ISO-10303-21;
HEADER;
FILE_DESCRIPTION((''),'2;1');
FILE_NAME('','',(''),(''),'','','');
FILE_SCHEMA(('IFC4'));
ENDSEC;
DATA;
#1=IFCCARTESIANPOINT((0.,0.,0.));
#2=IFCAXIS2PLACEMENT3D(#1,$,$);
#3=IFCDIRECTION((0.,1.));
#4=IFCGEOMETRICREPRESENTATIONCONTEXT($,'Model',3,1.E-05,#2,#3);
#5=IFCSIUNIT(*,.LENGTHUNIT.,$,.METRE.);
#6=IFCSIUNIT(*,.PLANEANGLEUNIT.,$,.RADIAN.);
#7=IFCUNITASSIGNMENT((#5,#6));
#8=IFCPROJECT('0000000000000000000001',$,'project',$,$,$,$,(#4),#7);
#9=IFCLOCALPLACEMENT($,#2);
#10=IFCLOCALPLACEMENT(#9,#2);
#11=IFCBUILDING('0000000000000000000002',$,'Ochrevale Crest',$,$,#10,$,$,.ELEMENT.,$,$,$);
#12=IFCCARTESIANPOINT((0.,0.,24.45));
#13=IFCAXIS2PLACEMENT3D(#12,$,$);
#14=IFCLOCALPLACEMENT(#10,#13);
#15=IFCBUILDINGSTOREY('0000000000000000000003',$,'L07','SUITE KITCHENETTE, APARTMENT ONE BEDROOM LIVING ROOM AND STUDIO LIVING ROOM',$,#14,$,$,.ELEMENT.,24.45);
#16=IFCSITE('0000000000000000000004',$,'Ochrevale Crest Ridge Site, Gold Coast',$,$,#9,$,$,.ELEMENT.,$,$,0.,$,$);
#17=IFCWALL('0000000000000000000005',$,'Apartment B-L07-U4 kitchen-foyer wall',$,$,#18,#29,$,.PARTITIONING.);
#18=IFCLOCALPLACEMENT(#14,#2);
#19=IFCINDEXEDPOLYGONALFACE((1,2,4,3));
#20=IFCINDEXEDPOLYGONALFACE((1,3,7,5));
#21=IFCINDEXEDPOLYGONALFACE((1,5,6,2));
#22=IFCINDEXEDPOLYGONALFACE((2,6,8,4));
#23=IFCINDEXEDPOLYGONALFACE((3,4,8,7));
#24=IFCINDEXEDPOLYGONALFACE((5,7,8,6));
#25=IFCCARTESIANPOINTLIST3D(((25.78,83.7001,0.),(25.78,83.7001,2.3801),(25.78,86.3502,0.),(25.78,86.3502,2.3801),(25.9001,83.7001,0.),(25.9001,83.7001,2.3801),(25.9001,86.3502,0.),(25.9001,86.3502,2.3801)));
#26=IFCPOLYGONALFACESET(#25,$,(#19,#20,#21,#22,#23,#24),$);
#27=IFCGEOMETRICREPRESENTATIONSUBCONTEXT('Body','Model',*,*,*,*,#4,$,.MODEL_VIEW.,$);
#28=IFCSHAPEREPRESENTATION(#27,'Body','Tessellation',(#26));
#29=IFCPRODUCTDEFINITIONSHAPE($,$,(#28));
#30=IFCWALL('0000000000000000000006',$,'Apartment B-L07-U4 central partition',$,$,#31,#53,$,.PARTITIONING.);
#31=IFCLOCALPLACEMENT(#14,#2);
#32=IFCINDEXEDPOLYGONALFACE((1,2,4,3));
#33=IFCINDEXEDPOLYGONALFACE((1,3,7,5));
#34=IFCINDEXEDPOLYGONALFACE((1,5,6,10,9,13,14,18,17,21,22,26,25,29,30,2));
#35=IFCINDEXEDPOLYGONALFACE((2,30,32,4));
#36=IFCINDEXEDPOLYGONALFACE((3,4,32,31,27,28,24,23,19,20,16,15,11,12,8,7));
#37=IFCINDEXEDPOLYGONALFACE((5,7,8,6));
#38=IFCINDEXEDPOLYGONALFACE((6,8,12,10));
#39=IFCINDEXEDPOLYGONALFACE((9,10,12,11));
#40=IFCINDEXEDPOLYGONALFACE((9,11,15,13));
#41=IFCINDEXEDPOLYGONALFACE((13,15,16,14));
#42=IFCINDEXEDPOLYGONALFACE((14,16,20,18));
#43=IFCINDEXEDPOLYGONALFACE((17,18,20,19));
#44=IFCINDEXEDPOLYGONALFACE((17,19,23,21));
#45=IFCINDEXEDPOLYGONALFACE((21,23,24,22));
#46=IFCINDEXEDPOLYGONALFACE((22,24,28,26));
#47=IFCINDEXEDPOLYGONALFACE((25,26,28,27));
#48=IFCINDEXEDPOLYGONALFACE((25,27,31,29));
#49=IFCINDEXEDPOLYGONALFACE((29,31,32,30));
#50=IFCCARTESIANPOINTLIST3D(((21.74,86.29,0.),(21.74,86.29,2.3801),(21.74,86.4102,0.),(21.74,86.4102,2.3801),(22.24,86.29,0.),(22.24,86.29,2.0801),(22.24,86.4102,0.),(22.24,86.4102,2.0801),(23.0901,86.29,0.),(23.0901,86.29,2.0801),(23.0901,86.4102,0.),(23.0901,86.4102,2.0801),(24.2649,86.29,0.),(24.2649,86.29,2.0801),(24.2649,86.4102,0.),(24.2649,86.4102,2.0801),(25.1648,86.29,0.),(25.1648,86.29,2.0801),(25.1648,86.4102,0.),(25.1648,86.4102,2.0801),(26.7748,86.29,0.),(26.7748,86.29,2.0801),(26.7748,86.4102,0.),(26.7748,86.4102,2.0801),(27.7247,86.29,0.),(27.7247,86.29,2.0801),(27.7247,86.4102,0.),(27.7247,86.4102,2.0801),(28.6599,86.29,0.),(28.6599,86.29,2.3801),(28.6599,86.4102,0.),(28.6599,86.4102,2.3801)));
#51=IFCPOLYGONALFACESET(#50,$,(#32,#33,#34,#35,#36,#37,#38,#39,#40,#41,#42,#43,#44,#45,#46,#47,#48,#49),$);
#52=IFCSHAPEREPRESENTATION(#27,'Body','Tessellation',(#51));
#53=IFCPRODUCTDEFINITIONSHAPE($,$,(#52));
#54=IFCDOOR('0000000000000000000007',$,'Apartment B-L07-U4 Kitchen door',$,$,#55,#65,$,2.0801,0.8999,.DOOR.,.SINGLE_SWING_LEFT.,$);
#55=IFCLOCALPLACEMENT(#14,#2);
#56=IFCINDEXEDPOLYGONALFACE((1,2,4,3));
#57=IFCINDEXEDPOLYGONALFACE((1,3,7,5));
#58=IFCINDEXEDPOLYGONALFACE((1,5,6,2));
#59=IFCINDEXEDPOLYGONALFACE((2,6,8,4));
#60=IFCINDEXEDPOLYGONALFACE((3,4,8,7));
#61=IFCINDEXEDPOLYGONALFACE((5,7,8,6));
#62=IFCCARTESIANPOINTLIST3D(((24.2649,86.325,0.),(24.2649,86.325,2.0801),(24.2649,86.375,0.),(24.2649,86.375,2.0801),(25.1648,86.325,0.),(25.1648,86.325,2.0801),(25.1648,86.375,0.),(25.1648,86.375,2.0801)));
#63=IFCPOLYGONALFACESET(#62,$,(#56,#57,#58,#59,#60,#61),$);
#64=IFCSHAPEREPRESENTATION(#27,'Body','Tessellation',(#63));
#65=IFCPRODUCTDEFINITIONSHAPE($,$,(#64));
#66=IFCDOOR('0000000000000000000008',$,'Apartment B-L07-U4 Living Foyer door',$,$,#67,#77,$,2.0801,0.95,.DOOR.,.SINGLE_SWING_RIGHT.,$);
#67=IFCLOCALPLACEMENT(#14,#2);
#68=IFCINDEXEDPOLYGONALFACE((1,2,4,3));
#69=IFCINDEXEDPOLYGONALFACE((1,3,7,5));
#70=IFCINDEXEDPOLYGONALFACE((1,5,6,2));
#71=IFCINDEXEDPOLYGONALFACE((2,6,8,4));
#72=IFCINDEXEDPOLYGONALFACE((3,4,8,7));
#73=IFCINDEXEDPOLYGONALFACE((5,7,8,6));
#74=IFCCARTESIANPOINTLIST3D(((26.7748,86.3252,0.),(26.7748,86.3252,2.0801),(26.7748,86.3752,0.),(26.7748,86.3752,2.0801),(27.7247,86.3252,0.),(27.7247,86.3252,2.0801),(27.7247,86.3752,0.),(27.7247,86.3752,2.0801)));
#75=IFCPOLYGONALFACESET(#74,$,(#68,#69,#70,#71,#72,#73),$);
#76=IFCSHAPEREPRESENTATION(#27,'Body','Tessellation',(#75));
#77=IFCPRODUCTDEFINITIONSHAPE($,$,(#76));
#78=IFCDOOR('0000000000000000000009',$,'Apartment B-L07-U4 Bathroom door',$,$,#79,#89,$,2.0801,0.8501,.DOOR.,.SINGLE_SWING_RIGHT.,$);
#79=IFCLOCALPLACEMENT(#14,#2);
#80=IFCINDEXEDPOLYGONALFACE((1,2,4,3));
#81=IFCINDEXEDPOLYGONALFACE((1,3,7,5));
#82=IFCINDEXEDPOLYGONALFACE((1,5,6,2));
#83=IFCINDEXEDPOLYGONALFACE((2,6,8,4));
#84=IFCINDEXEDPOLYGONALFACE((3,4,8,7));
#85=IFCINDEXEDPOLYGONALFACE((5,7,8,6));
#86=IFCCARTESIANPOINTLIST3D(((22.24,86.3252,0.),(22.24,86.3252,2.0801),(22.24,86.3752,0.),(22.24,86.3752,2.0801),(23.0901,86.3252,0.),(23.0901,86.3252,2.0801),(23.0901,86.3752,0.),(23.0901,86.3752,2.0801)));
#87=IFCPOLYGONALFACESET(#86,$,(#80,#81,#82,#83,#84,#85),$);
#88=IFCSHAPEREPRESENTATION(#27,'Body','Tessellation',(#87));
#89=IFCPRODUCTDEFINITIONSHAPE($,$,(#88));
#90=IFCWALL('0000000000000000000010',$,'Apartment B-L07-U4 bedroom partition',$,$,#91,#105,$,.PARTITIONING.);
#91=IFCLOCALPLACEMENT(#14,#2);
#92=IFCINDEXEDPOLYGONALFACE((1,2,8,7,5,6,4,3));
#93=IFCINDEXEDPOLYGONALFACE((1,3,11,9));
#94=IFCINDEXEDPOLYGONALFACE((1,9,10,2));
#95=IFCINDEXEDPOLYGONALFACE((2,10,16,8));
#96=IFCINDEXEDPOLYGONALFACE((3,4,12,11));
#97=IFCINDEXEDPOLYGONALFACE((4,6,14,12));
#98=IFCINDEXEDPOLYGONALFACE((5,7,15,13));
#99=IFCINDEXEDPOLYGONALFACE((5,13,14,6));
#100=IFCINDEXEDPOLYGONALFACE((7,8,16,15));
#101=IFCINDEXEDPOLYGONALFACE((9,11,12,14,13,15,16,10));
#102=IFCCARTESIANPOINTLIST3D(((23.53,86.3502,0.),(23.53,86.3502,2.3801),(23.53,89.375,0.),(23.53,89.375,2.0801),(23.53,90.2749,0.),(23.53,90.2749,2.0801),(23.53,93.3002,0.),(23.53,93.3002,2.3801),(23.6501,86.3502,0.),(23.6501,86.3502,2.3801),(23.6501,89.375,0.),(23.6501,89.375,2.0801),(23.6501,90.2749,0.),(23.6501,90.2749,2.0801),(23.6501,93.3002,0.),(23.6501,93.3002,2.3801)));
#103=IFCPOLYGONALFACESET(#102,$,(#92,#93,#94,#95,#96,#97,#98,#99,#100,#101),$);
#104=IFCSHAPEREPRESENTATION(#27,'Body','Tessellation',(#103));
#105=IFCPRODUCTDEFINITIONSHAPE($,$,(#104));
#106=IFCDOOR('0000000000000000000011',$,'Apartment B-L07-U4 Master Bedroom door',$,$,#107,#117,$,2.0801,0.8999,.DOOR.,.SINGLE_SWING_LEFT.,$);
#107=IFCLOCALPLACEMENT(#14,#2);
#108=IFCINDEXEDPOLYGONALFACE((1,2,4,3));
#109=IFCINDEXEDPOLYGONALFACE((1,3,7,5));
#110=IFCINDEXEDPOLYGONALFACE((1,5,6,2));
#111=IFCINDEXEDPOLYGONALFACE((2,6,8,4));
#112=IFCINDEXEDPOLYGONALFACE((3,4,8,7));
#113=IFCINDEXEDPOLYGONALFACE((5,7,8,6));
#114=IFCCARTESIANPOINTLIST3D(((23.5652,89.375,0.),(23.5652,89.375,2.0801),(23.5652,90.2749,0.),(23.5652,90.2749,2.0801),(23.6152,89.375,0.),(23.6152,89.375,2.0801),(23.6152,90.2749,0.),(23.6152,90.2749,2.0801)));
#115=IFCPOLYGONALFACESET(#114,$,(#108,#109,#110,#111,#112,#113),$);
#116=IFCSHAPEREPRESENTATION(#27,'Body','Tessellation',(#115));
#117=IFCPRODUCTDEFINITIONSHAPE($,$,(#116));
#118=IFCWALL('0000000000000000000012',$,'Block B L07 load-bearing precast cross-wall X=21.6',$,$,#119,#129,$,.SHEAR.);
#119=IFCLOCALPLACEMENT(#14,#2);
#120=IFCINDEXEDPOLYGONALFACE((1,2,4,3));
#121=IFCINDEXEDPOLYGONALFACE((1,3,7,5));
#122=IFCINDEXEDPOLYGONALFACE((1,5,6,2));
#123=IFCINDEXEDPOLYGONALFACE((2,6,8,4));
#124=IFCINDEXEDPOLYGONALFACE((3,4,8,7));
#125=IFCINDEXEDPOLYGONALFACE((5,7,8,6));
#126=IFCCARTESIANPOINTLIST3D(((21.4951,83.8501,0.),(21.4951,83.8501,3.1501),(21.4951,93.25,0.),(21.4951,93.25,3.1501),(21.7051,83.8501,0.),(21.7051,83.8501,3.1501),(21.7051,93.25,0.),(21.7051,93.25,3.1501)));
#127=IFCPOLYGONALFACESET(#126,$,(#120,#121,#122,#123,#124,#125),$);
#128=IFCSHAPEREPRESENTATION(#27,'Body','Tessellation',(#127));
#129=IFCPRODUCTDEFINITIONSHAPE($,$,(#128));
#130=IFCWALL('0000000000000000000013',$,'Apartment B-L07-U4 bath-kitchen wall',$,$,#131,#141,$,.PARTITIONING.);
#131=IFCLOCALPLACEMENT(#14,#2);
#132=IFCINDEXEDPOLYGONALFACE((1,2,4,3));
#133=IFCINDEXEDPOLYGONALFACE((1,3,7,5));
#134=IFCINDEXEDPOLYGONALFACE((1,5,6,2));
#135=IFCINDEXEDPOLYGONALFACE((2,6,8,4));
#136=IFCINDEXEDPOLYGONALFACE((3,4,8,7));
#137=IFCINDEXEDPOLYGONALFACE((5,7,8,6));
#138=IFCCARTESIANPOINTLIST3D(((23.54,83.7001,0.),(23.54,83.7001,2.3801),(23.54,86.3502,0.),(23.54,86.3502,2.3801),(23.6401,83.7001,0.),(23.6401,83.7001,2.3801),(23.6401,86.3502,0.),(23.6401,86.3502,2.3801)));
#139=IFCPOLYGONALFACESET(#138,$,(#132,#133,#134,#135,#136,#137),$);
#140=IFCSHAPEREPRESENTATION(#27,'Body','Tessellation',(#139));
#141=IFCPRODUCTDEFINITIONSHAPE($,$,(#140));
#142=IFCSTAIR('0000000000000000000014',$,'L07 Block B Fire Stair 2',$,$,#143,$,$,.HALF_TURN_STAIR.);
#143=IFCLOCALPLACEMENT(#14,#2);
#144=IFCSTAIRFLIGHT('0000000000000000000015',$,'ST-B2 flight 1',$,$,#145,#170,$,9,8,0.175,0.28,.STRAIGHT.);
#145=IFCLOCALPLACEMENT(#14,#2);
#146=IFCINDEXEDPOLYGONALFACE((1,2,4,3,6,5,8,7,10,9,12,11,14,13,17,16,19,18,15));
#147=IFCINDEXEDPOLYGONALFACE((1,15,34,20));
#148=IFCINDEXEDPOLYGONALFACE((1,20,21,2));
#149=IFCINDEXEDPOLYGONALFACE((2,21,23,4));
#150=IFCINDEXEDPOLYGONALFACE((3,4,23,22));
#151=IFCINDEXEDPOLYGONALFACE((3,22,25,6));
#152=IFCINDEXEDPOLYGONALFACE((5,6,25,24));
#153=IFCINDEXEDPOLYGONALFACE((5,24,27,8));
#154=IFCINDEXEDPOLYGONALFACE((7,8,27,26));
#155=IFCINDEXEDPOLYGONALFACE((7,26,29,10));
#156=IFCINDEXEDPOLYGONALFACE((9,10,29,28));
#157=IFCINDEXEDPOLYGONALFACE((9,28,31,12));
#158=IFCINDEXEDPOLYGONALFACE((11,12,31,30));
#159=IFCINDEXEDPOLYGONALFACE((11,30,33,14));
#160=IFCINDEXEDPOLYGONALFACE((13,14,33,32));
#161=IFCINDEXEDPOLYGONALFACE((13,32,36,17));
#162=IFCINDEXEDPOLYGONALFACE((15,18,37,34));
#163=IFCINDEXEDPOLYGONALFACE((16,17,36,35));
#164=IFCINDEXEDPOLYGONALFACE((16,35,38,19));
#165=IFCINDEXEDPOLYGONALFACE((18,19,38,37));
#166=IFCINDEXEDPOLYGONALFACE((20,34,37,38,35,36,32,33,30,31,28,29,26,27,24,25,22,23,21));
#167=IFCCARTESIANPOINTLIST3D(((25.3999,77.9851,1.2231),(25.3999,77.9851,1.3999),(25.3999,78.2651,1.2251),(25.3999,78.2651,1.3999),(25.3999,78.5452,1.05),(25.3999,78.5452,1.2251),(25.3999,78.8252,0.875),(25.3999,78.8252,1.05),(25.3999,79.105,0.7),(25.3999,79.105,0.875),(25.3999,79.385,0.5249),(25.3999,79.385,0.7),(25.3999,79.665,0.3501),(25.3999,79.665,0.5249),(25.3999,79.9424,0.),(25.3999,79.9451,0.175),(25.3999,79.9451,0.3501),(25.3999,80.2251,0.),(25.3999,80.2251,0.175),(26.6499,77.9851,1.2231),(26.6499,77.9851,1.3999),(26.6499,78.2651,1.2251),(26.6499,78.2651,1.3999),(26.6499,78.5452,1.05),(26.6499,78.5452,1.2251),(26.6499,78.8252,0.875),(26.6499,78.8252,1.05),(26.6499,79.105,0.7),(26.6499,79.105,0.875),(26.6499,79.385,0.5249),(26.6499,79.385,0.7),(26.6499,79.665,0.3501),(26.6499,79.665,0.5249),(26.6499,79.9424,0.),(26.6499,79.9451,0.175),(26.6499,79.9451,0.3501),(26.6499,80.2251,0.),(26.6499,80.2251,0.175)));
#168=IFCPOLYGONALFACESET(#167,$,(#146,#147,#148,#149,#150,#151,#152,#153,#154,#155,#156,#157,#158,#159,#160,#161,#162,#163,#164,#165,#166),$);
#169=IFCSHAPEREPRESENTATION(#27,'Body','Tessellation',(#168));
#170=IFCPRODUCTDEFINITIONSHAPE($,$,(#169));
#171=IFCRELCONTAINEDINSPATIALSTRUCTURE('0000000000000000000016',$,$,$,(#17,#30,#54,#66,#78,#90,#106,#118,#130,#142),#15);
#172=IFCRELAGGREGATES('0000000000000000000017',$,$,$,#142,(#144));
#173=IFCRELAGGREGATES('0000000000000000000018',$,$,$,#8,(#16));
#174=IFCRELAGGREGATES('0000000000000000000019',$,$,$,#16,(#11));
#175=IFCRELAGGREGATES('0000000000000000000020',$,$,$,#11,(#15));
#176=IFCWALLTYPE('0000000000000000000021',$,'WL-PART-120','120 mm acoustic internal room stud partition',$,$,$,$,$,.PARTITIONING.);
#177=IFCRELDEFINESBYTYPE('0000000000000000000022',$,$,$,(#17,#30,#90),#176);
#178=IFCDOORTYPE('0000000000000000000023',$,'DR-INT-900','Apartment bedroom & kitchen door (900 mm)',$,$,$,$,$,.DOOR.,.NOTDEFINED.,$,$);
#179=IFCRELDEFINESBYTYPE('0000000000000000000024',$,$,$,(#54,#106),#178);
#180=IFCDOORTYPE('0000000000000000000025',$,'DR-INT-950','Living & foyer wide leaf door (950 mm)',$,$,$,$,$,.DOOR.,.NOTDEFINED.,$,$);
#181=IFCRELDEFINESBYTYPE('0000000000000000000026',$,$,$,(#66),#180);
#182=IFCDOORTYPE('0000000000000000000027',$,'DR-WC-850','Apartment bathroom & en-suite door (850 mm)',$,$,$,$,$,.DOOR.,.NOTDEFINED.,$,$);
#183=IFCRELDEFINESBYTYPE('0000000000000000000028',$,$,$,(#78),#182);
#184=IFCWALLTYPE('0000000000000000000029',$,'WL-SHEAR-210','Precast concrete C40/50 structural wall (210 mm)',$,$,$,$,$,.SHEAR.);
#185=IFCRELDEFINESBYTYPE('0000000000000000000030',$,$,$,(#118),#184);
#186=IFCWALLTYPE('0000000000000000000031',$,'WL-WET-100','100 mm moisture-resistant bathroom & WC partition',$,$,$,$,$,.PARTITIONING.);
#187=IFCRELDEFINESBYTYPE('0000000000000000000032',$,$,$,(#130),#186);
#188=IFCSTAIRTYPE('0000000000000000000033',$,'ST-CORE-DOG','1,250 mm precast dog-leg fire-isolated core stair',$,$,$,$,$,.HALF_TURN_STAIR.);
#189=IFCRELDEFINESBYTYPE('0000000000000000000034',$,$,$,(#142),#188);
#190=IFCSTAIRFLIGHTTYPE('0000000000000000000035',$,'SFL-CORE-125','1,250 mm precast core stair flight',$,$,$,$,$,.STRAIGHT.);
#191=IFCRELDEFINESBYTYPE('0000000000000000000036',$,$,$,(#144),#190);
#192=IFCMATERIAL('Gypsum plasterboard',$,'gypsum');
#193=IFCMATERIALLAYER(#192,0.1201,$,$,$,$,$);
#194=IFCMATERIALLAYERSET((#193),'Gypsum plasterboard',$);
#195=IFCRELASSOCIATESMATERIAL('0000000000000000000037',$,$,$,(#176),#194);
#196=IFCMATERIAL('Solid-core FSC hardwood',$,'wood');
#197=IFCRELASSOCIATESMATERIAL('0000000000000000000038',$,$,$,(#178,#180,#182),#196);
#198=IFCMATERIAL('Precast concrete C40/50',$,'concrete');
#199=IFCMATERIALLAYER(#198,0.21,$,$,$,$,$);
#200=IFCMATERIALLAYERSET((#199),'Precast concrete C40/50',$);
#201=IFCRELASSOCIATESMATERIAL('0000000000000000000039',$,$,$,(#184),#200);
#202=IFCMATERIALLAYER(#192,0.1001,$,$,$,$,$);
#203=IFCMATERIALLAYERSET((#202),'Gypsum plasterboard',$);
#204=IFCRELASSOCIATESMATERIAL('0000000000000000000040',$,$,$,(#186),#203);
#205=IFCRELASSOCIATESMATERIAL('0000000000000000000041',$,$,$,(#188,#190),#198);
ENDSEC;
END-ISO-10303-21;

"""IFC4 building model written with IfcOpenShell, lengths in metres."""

from ifc_helpers import new_model, si_unit, direction, frame, frame_2d, origin, place, context, subcontext, project, spatial, polyline, rectangle, outline, extrude, material, layer, layer_set, type_object, element, fill, aggregate, save


model = new_model("IFC4")

# Units and contexts
model_context = context("Model", 3, precision=1e-05, world=origin(), true_north=direction((0.0, 1.0)))
body_context = subcontext(model_context, "Body", "Model", "MODEL_VIEW")
ifc_project = project(units=[si_unit("LENGTHUNIT", "METRE"), si_unit("PLANEANGLEUNIT", "RADIAN")], contexts=[model_context])

# Site, building, storey
site_placement = place(None, origin())
site = spatial("IfcSite", under=ifc_project, at=site_placement, Name="Ochrevale Crest Ridge Site, Gold Coast", CompositionType="ELEMENT", RefElevation=0.0)
building_placement = place(site_placement, origin())
building = spatial("IfcBuilding", under=site, at=building_placement, Name="Ochrevale Crest", CompositionType="ELEMENT")
storey_placement = place(building_placement, frame((0.0, 0.0, 24.45)))
storey = spatial("IfcBuildingStorey", under=building, at=storey_placement, Name="L07", Description="SUITE KITCHENETTE, APARTMENT ONE BEDROOM LIVING ROOM AND STUDIO LIVING ROOM", CompositionType="ELEMENT", Elevation=24.45)

# Shared definitions
ifc_material_1 = material(Name="Gypsum plasterboard", Category="gypsum")
ifc_material_2 = material(Name="Solid-core FSC hardwood", Category="wood")

# Shared definitions
ifc_layer_1 = layer(ifc_material_1, 0.1201)
ifc_layer_set_1 = layer_set([ifc_layer_1], Name="Gypsum plasterboard")
wall_type_1 = type_object("IfcWallType", Name="WL-PART-120", Description="120 mm acoustic internal room stud partition", PredefinedType="PARTITIONING", material=ifc_layer_set_1)

# Shared definitions
door_type_1 = type_object("IfcDoorType", Name="DR-INT-900", Description="Apartment bedroom & kitchen door (900 mm)", OperationType="NOTDEFINED", PredefinedType="DOOR", material=ifc_material_2)

# Wall
wall_1_placement = place(storey_placement, frame((25.8401, 83.7, 0.0), z_axis=(0.0, 0.0, 1.0), x_axis=(0.0, 1.0, 0.0)))
element("IfcWall", 1, at=wall_1_placement, inside=storey, type_object=wall_type_1, Name="Apartment B-L07-U4 kitchen-foyer wall", PredefinedType="PARTITIONING", context=body_context, shape_type="SweptSolid", body=[
    extrude(rectangle(XDim=2.6501, YDim=0.1201, at=frame_2d((1.3252, 0.0))), origin(), (0.0, 0.0, 1.0), 2.3801),
])

# Wall, openings, doors
wall_2_placement = place(storey_placement, frame((21.74, 86.3501, 0.0), z_axis=(0.0, 0.0, 1.0), x_axis=(1.0, 0.0, 0.0)))
wall_2 = element("IfcWall", 2, at=wall_2_placement, inside=storey, type_object=wall_type_1, Name="Apartment B-L07-U4 central partition", PredefinedType="PARTITIONING", context=body_context, shape_type="SweptSolid", body=[
    extrude(rectangle(XDim=6.9199, YDim=0.1201, at=frame_2d((3.46, 0.0))), origin(), (0.0, 0.0, 1.0), 2.3801),
])
opening_1_placement = place(wall_2_placement, frame((1.3501, 0.0, 0.0), z_axis=(0.0, 0.0, 1.0), x_axis=(-1.0, 0.0, 0.0)))
opening_1 = element("IfcOpeningElement", 3, at=opening_1_placement, cuts=wall_2, PredefinedType="OPENING", context=body_context, shape_type="SweptSolid", body=[
    extrude(rectangle(XDim=0.8501, YDim=2.0801, at=frame_2d((0.425, 1.04))), frame((0.0, 0.0701, 0.0), z_axis=(0.0, -1.0, 0.0), x_axis=(1.0, 0.0, 0.0)), (0.0, 0.0, 1.0), 0.1401),
])
opening_2_placement = place(wall_2_placement, frame((2.5249, 0.0, 0.0)))
opening_2 = element("IfcOpeningElement", 4, at=opening_2_placement, cuts=wall_2, PredefinedType="OPENING", context=body_context, shape_type="SweptSolid", body=[
    extrude(rectangle(XDim=0.8999, YDim=2.0801, at=frame_2d((0.45, 1.04))), frame((0.0, 0.0701, 0.0), z_axis=(0.0, -1.0, 0.0), x_axis=(1.0, 0.0, 0.0)), (0.0, 0.0, 1.0), 0.1401),
])
opening_3_placement = place(wall_2_placement, frame((5.9849, 0.0, 0.0), z_axis=(0.0, 0.0, 1.0), x_axis=(-1.0, 0.0, 0.0)))
opening_3 = element("IfcOpeningElement", 5, at=opening_3_placement, cuts=wall_2, PredefinedType="OPENING", context=body_context, shape_type="SweptSolid", body=[
    extrude(rectangle(XDim=0.95, YDim=2.0801, at=frame_2d((0.4751, 1.04))), frame((0.0, 0.0701, 0.0), z_axis=(0.0, -1.0, 0.0), x_axis=(1.0, 0.0, 0.0)), (0.0, 0.0, 1.0), 0.1401),
])
door_1_placement = place(opening_2_placement, origin())
door_1 = element("IfcDoor", 6, at=door_1_placement, inside=storey, type_object=door_type_1, Name="Apartment B-L07-U4 Kitchen door", OperationType="SINGLE_SWING_LEFT", OverallHeight=2.0801, OverallWidth=0.8999, PredefinedType="DOOR", context=body_context, shape_type="SweptSolid", body=[
    extrude(rectangle(XDim=0.8999, YDim=2.0801, at=frame_2d((0.45, 1.04))), frame((0.0, 0.0249, 0.0), z_axis=(0.0, -1.0, 0.0), x_axis=(1.0, 0.0, 0.0)), (0.0, 0.0, 1.0), 0.05),
])
fill(opening_2, door_1)
door_type_2 = type_object("IfcDoorType", Name="DR-INT-950", Description="Living & foyer wide leaf door (950 mm)", OperationType="NOTDEFINED", PredefinedType="DOOR", material=ifc_material_2)
door_2_placement = place(opening_3_placement, origin())
door_2 = element("IfcDoor", 7, at=door_2_placement, inside=storey, type_object=door_type_2, Name="Apartment B-L07-U4 Living Foyer door", OperationType="SINGLE_SWING_RIGHT", OverallHeight=2.0801, OverallWidth=0.95, PredefinedType="DOOR", context=body_context, shape_type="SweptSolid", body=[
    extrude(rectangle(XDim=0.95, YDim=2.0801, at=frame_2d((0.4751, 1.04))), frame((0.0, 0.0249, 0.0), z_axis=(0.0, -1.0, 0.0), x_axis=(1.0, 0.0, 0.0)), (0.0, 0.0, 1.0), 0.05),
])
fill(opening_3, door_2)
door_type_3 = type_object("IfcDoorType", Name="DR-WC-850", Description="Apartment bathroom & en-suite door (850 mm)", OperationType="NOTDEFINED", PredefinedType="DOOR", material=ifc_material_2)
door_3_placement = place(opening_1_placement, origin())
door_3 = element("IfcDoor", 8, at=door_3_placement, inside=storey, type_object=door_type_3, Name="Apartment B-L07-U4 Bathroom door", OperationType="SINGLE_SWING_RIGHT", OverallHeight=2.0801, OverallWidth=0.8501, PredefinedType="DOOR", context=body_context, shape_type="SweptSolid", body=[
    extrude(rectangle(XDim=0.8501, YDim=2.0801, at=frame_2d((0.425, 1.04))), frame((0.0, 0.0249, 0.0), z_axis=(0.0, -1.0, 0.0), x_axis=(1.0, 0.0, 0.0)), (0.0, 0.0, 1.0), 0.05),
])
fill(opening_1, door_3)

# Wall, opening, door
wall_3_placement = place(storey_placement, frame((23.5901, 86.3501, 0.0), z_axis=(0.0, 0.0, 1.0), x_axis=(0.0, 1.0, 0.0)))
wall_3 = element("IfcWall", 9, at=wall_3_placement, inside=storey, type_object=wall_type_1, Name="Apartment B-L07-U4 bedroom partition", PredefinedType="PARTITIONING", context=body_context, shape_type="SweptSolid", body=[
    extrude(rectangle(XDim=6.95, YDim=0.1201, at=frame_2d((3.4751, 0.0))), origin(), (0.0, 0.0, 1.0), 2.3801),
])
opening_4_placement = place(wall_3_placement, frame((3.0249, 0.0, 0.0)))
opening_4 = element("IfcOpeningElement", 10, at=opening_4_placement, cuts=wall_3, PredefinedType="OPENING", context=body_context, shape_type="SweptSolid", body=[
    extrude(rectangle(XDim=0.8999, YDim=2.0801, at=frame_2d((0.45, 1.04))), frame((0.0, 0.0701, 0.0), z_axis=(0.0, -1.0, 0.0), x_axis=(1.0, 0.0, 0.0)), (0.0, 0.0, 1.0), 0.1401),
])
door_4_placement = place(opening_4_placement, origin())
door_4 = element("IfcDoor", 11, at=door_4_placement, inside=storey, type_object=door_type_1, Name="Apartment B-L07-U4 Master Bedroom door", OperationType="SINGLE_SWING_LEFT", OverallHeight=2.0801, OverallWidth=0.8999, PredefinedType="DOOR", context=body_context, shape_type="SweptSolid", body=[
    extrude(rectangle(XDim=0.8999, YDim=2.0801, at=frame_2d((0.45, 1.04))), frame((0.0, 0.0249, 0.0), z_axis=(0.0, -1.0, 0.0), x_axis=(1.0, 0.0, 0.0)), (0.0, 0.0, 1.0), 0.05),
])
fill(opening_4, door_4)

# Walls
ifc_material_3 = material(Name="Precast concrete C40/50", Category="concrete")
ifc_layer_2 = layer(ifc_material_3, 0.21)
ifc_layer_set_2 = layer_set([ifc_layer_2], Name="Precast concrete C40/50")
wall_type_2 = type_object("IfcWallType", Name="WL-SHEAR-210", Description="Precast concrete C40/50 structural wall (210 mm)", PredefinedType="SHEAR", material=ifc_layer_set_2)
wall_4_placement = place(storey_placement, frame((21.6001, 83.8501, 0.0), z_axis=(0.0, 0.0, 1.0), x_axis=(0.0, 1.0, 0.0)))
element("IfcWall", 12, at=wall_4_placement, inside=storey, type_object=wall_type_2, Name="Block B L07 load-bearing precast cross-wall X=21.6", PredefinedType="SHEAR", context=body_context, shape_type="SweptSolid", body=[
    extrude(rectangle(XDim=9.3999, YDim=0.21, at=frame_2d((4.7, 0.0))), origin(), (0.0, 0.0, 1.0), 3.1501),
])
ifc_layer_3 = layer(ifc_material_1, 0.1001)
ifc_layer_set_3 = layer_set([ifc_layer_3], Name="Gypsum plasterboard")
wall_type_3 = type_object("IfcWallType", Name="WL-WET-100", Description="100 mm moisture-resistant bathroom & WC partition", PredefinedType="PARTITIONING", material=ifc_layer_set_3)
wall_5_placement = place(storey_placement, frame((23.5901, 83.7, 0.0), z_axis=(0.0, 0.0, 1.0), x_axis=(0.0, 1.0, 0.0)))
element("IfcWall", 13, at=wall_5_placement, inside=storey, type_object=wall_type_3, Name="Apartment B-L07-U4 bath-kitchen wall", PredefinedType="PARTITIONING", context=body_context, shape_type="SweptSolid", body=[
    extrude(rectangle(XDim=2.6501, YDim=0.1001, at=frame_2d((1.3252, 0.0))), origin(), (0.0, 0.0, 1.0), 2.3801),
])

# Stair, stair flight
stair_type = type_object("IfcStairType", Name="ST-CORE-DOG", Description="1,250 mm precast dog-leg fire-isolated core stair", PredefinedType="HALF_TURN_STAIR", material=ifc_material_3)
stair_placement = place(storey_placement, origin())
stair = element("IfcStair", 14, at=stair_placement, inside=storey, type_object=stair_type, Name="L07 Block B Fire Stair 2", PredefinedType="HALF_TURN_STAIR")
stair_flight_type = type_object("IfcStairFlightType", Name="SFL-CORE-125", Description="1,250 mm precast core stair flight", PredefinedType="STRAIGHT", material=ifc_material_3)
stair_flight_placement = place(storey_placement, frame((26.0249, 80.2251, 0.0), z_axis=(0.0, 0.0, 1.0), x_axis=(0.0, -1.0, 0.0)))
stair_flight = element("IfcStairFlight", 15, at=stair_flight_placement, type_object=stair_flight_type, Name="ST-B2 flight 1", NumberOfRisers=9, NumberOfTreads=8, PredefinedType="STRAIGHT", RiserHeight=0.175, TreadLength=0.28, context=body_context, shape_type="SweptSolid", body=[
    extrude(outline(polyline([(0.0, 0.0), (0.0, 0.175), (0.28, 0.175), (0.28, 0.3501), (0.5601, 0.3501), (0.5601, 0.5249), (0.8401, 0.5249), (0.8401, 0.7), (1.1201, 0.7), (1.1201, 0.875), (1.3999, 0.875), (1.3999, 1.05), (1.6799, 1.05), (1.6799, 1.2251), (1.96, 1.2251), (1.96, 1.3999), (2.24, 1.3999), (2.24, 1.575), (2.24, 1.2231), (0.2827, 0.0), (0.0, 0.0)])), frame((0.0, 0.625, 0.0), z_axis=(0.0, -1.0, 0.0), x_axis=(1.0, 0.0, 0.0)), (0.0, 0.0, 1.0), 1.25),
])
aggregate(stair, [stair_flight])

save(model, "model.ifc")
